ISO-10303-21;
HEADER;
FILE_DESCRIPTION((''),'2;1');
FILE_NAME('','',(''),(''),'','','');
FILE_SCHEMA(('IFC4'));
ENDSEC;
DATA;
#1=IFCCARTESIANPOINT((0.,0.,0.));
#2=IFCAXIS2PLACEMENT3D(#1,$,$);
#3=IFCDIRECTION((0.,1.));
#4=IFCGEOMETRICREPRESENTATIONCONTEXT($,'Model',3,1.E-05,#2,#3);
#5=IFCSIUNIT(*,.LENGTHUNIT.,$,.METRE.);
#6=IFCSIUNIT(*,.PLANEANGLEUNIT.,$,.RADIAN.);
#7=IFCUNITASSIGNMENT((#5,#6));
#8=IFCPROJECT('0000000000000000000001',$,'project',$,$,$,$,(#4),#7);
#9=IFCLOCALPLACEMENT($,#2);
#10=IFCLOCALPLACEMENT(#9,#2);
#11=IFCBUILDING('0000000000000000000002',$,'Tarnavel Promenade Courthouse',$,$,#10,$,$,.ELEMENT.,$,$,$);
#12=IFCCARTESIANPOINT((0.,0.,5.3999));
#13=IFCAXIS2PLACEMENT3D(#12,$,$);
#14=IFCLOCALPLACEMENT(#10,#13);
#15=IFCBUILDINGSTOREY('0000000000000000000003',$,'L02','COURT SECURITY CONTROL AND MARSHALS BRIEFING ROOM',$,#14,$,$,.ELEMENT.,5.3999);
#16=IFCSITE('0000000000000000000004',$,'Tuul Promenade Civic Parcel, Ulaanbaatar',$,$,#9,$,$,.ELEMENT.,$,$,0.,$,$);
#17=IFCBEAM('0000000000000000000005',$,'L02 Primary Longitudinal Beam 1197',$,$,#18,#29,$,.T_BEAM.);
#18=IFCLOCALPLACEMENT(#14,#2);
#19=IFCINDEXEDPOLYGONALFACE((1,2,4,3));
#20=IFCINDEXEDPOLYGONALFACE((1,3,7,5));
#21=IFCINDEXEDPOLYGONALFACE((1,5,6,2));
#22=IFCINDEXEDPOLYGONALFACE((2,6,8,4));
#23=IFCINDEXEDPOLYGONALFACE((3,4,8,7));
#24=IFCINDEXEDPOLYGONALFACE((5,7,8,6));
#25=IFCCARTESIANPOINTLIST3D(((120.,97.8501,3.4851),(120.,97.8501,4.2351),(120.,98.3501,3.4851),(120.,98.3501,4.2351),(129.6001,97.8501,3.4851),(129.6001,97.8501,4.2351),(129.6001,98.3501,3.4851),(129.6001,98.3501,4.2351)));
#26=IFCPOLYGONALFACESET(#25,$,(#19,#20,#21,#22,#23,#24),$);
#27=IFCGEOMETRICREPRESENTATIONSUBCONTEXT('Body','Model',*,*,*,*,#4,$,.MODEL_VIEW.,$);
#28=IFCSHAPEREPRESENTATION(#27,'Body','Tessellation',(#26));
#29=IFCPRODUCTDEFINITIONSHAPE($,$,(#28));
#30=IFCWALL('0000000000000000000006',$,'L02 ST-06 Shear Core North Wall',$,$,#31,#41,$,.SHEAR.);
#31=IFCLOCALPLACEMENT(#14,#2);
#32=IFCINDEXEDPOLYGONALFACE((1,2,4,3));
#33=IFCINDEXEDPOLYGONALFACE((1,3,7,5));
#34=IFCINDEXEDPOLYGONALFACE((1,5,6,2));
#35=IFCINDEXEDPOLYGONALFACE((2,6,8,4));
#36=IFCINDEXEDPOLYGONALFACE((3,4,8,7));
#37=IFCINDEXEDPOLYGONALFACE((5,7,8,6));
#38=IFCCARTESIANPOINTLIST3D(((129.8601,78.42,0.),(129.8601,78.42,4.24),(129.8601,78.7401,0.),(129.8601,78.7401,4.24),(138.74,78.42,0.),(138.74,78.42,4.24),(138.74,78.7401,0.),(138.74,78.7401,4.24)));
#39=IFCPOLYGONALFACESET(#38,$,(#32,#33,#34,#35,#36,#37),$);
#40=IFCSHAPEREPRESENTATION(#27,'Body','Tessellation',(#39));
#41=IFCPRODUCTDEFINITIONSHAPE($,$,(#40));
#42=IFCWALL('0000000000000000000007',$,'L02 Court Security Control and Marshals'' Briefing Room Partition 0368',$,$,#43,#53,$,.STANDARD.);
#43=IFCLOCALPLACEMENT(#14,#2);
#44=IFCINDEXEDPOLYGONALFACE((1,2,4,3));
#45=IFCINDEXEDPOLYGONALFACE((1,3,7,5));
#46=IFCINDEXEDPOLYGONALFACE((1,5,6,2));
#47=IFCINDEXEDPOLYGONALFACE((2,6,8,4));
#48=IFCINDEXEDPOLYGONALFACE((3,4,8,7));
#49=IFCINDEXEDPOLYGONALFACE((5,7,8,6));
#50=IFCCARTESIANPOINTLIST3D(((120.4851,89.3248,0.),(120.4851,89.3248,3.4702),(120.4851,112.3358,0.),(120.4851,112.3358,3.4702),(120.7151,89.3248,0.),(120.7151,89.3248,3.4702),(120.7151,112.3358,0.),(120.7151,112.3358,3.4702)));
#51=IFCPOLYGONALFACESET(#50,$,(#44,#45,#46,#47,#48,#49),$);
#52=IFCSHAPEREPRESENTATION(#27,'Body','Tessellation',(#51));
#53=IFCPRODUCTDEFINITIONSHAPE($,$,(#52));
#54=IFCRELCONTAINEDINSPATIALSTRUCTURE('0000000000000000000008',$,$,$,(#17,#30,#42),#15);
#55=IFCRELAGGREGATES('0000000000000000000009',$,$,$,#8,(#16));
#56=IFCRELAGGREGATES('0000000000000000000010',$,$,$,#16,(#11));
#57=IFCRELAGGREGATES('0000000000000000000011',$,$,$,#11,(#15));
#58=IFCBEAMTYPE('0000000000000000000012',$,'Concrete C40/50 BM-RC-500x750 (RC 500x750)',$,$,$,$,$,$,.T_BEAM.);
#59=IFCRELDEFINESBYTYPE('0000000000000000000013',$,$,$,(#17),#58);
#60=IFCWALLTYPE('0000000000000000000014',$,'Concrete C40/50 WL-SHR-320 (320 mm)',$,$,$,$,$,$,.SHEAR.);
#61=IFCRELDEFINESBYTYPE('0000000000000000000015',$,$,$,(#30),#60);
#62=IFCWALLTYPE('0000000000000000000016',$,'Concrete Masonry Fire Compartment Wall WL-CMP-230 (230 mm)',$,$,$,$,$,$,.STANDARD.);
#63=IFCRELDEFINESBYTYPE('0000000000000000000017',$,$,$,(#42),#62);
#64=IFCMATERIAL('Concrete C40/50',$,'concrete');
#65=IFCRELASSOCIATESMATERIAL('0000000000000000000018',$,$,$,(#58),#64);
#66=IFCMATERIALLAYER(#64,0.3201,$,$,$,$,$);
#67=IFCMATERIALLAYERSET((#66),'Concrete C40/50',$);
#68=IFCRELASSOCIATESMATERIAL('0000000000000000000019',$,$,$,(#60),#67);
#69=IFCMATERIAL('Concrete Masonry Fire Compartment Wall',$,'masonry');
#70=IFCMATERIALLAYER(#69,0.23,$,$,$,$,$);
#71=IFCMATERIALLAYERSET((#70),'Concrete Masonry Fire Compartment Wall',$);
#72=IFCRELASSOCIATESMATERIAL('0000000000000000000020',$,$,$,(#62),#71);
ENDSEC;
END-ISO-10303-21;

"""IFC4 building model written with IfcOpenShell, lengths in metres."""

from ifc_helpers import new_model, si_unit, direction, frame, frame_2d, origin, origin_2d, place, context, subcontext, project, spatial, rectangle, extrude, material, layer, layer_set, material_profile, profile_set, type_object, element, save


model = new_model("IFC4")

# Units and contexts
model_context = context("Model", 3, precision=1e-05, world=origin(), true_north=direction((0.0, 1.0)))
body_context = subcontext(model_context, "Body", "Model", "MODEL_VIEW")
ifc_project = project(units=[si_unit("LENGTHUNIT", "METRE"), si_unit("PLANEANGLEUNIT", "RADIAN")], contexts=[model_context])

# Site, building, storey
site_placement = place(None, origin())
site = spatial("IfcSite", under=ifc_project, at=site_placement, Name="Tuul Promenade Civic Parcel, Ulaanbaatar", CompositionType="ELEMENT", RefElevation=0.0)
building_placement = place(site_placement, origin())
building = spatial("IfcBuilding", under=site, at=building_placement, Name="Tarnavel Promenade Courthouse", CompositionType="ELEMENT")
storey_placement = place(building_placement, frame((0.0, 0.0, 5.3999)))
storey = spatial("IfcBuildingStorey", under=building, at=storey_placement, Name="L02", Description="COURT SECURITY CONTROL AND MARSHALS BRIEFING ROOM", CompositionType="ELEMENT", Elevation=5.3999)

# Shared definitions
ifc_material_1 = material(Name="Concrete C40/50", Category="concrete")

# Beam
ifc_material_profile_1 = material_profile(ifc_material_1, rectangle(XDim=0.5, YDim=0.75, at=origin_2d()), Name="RC 500x750")
ifc_profile_set_1 = profile_set([ifc_material_profile_1], Name="Concrete C40/50")
beam_type_1 = type_object("IfcBeamType", Name="Concrete C40/50 BM-RC-500x750 (RC 500x750)", PredefinedType="T_BEAM", material=ifc_profile_set_1)
beam_1_placement = place(storey_placement, frame((120.0, 98.1001, 3.8601), z_axis=(1.0, 0.0, 0.0), x_axis=(0.0, 1.0, 0.0)))
element("IfcBeam", 1, at=beam_1_placement, inside=storey, type_object=beam_type_1, Name="L02 Primary Longitudinal Beam 1197", PredefinedType="T_BEAM", context=body_context, shape_type="SweptSolid", body=[
    extrude(rectangle(XDim=0.5, YDim=0.75, at=origin_2d()), origin(), (0.0, 0.0, 1.0), 9.6001),
])

# Walls
ifc_layer_1 = layer(ifc_material_1, 0.3201)
ifc_layer_set_1 = layer_set([ifc_layer_1], Name="Concrete C40/50")
wall_type_1 = type_object("IfcWallType", Name="Concrete C40/50 WL-SHR-320 (320 mm)", PredefinedType="SHEAR", material=ifc_layer_set_1)
wall_1_placement = place(storey_placement, frame((129.8601, 78.5801, 0.0), z_axis=(0.0, 0.0, 1.0), x_axis=(1.0, 0.0, 0.0)))
element("IfcWall", 2, at=wall_1_placement, inside=storey, type_object=wall_type_1, Name="L02 ST-06 Shear Core North Wall", PredefinedType="SHEAR", context=body_context, shape_type="SweptSolid", body=[
    extrude(rectangle(XDim=8.8799, YDim=0.3201, at=frame_2d((4.4399, 0.0))), origin(), (0.0, 0.0, 1.0), 4.24),
])
ifc_material_2 = material(Name="Concrete Masonry Fire Compartment Wall", Category="masonry")
ifc_layer_2 = layer(ifc_material_2, 0.23)
ifc_layer_set_2 = layer_set([ifc_layer_2], Name="Concrete Masonry Fire Compartment Wall")
wall_type_2 = type_object("IfcWallType", Name="Concrete Masonry Fire Compartment Wall WL-CMP-230 (230 mm)", PredefinedType="STANDARD", material=ifc_layer_set_2)
wall_2_placement = place(storey_placement, frame((120.6001, 89.325, 0.0), z_axis=(0.0, 0.0, 1.0), x_axis=(0.0, 1.0, 0.0)))
element("IfcWall", 3, at=wall_2_placement, inside=storey, type_object=wall_type_2, Name="L02 Court Security Control and Marshals' Briefing Room Partition 0368", PredefinedType="STANDARD", context=body_context, shape_type="SweptSolid", body=[
    extrude(rectangle(XDim=23.011, YDim=0.23, at=frame_2d((11.5054, 0.0))), origin(), (0.0, 0.0, 1.0), 3.4702),
])

save(model, "model.ifc")
